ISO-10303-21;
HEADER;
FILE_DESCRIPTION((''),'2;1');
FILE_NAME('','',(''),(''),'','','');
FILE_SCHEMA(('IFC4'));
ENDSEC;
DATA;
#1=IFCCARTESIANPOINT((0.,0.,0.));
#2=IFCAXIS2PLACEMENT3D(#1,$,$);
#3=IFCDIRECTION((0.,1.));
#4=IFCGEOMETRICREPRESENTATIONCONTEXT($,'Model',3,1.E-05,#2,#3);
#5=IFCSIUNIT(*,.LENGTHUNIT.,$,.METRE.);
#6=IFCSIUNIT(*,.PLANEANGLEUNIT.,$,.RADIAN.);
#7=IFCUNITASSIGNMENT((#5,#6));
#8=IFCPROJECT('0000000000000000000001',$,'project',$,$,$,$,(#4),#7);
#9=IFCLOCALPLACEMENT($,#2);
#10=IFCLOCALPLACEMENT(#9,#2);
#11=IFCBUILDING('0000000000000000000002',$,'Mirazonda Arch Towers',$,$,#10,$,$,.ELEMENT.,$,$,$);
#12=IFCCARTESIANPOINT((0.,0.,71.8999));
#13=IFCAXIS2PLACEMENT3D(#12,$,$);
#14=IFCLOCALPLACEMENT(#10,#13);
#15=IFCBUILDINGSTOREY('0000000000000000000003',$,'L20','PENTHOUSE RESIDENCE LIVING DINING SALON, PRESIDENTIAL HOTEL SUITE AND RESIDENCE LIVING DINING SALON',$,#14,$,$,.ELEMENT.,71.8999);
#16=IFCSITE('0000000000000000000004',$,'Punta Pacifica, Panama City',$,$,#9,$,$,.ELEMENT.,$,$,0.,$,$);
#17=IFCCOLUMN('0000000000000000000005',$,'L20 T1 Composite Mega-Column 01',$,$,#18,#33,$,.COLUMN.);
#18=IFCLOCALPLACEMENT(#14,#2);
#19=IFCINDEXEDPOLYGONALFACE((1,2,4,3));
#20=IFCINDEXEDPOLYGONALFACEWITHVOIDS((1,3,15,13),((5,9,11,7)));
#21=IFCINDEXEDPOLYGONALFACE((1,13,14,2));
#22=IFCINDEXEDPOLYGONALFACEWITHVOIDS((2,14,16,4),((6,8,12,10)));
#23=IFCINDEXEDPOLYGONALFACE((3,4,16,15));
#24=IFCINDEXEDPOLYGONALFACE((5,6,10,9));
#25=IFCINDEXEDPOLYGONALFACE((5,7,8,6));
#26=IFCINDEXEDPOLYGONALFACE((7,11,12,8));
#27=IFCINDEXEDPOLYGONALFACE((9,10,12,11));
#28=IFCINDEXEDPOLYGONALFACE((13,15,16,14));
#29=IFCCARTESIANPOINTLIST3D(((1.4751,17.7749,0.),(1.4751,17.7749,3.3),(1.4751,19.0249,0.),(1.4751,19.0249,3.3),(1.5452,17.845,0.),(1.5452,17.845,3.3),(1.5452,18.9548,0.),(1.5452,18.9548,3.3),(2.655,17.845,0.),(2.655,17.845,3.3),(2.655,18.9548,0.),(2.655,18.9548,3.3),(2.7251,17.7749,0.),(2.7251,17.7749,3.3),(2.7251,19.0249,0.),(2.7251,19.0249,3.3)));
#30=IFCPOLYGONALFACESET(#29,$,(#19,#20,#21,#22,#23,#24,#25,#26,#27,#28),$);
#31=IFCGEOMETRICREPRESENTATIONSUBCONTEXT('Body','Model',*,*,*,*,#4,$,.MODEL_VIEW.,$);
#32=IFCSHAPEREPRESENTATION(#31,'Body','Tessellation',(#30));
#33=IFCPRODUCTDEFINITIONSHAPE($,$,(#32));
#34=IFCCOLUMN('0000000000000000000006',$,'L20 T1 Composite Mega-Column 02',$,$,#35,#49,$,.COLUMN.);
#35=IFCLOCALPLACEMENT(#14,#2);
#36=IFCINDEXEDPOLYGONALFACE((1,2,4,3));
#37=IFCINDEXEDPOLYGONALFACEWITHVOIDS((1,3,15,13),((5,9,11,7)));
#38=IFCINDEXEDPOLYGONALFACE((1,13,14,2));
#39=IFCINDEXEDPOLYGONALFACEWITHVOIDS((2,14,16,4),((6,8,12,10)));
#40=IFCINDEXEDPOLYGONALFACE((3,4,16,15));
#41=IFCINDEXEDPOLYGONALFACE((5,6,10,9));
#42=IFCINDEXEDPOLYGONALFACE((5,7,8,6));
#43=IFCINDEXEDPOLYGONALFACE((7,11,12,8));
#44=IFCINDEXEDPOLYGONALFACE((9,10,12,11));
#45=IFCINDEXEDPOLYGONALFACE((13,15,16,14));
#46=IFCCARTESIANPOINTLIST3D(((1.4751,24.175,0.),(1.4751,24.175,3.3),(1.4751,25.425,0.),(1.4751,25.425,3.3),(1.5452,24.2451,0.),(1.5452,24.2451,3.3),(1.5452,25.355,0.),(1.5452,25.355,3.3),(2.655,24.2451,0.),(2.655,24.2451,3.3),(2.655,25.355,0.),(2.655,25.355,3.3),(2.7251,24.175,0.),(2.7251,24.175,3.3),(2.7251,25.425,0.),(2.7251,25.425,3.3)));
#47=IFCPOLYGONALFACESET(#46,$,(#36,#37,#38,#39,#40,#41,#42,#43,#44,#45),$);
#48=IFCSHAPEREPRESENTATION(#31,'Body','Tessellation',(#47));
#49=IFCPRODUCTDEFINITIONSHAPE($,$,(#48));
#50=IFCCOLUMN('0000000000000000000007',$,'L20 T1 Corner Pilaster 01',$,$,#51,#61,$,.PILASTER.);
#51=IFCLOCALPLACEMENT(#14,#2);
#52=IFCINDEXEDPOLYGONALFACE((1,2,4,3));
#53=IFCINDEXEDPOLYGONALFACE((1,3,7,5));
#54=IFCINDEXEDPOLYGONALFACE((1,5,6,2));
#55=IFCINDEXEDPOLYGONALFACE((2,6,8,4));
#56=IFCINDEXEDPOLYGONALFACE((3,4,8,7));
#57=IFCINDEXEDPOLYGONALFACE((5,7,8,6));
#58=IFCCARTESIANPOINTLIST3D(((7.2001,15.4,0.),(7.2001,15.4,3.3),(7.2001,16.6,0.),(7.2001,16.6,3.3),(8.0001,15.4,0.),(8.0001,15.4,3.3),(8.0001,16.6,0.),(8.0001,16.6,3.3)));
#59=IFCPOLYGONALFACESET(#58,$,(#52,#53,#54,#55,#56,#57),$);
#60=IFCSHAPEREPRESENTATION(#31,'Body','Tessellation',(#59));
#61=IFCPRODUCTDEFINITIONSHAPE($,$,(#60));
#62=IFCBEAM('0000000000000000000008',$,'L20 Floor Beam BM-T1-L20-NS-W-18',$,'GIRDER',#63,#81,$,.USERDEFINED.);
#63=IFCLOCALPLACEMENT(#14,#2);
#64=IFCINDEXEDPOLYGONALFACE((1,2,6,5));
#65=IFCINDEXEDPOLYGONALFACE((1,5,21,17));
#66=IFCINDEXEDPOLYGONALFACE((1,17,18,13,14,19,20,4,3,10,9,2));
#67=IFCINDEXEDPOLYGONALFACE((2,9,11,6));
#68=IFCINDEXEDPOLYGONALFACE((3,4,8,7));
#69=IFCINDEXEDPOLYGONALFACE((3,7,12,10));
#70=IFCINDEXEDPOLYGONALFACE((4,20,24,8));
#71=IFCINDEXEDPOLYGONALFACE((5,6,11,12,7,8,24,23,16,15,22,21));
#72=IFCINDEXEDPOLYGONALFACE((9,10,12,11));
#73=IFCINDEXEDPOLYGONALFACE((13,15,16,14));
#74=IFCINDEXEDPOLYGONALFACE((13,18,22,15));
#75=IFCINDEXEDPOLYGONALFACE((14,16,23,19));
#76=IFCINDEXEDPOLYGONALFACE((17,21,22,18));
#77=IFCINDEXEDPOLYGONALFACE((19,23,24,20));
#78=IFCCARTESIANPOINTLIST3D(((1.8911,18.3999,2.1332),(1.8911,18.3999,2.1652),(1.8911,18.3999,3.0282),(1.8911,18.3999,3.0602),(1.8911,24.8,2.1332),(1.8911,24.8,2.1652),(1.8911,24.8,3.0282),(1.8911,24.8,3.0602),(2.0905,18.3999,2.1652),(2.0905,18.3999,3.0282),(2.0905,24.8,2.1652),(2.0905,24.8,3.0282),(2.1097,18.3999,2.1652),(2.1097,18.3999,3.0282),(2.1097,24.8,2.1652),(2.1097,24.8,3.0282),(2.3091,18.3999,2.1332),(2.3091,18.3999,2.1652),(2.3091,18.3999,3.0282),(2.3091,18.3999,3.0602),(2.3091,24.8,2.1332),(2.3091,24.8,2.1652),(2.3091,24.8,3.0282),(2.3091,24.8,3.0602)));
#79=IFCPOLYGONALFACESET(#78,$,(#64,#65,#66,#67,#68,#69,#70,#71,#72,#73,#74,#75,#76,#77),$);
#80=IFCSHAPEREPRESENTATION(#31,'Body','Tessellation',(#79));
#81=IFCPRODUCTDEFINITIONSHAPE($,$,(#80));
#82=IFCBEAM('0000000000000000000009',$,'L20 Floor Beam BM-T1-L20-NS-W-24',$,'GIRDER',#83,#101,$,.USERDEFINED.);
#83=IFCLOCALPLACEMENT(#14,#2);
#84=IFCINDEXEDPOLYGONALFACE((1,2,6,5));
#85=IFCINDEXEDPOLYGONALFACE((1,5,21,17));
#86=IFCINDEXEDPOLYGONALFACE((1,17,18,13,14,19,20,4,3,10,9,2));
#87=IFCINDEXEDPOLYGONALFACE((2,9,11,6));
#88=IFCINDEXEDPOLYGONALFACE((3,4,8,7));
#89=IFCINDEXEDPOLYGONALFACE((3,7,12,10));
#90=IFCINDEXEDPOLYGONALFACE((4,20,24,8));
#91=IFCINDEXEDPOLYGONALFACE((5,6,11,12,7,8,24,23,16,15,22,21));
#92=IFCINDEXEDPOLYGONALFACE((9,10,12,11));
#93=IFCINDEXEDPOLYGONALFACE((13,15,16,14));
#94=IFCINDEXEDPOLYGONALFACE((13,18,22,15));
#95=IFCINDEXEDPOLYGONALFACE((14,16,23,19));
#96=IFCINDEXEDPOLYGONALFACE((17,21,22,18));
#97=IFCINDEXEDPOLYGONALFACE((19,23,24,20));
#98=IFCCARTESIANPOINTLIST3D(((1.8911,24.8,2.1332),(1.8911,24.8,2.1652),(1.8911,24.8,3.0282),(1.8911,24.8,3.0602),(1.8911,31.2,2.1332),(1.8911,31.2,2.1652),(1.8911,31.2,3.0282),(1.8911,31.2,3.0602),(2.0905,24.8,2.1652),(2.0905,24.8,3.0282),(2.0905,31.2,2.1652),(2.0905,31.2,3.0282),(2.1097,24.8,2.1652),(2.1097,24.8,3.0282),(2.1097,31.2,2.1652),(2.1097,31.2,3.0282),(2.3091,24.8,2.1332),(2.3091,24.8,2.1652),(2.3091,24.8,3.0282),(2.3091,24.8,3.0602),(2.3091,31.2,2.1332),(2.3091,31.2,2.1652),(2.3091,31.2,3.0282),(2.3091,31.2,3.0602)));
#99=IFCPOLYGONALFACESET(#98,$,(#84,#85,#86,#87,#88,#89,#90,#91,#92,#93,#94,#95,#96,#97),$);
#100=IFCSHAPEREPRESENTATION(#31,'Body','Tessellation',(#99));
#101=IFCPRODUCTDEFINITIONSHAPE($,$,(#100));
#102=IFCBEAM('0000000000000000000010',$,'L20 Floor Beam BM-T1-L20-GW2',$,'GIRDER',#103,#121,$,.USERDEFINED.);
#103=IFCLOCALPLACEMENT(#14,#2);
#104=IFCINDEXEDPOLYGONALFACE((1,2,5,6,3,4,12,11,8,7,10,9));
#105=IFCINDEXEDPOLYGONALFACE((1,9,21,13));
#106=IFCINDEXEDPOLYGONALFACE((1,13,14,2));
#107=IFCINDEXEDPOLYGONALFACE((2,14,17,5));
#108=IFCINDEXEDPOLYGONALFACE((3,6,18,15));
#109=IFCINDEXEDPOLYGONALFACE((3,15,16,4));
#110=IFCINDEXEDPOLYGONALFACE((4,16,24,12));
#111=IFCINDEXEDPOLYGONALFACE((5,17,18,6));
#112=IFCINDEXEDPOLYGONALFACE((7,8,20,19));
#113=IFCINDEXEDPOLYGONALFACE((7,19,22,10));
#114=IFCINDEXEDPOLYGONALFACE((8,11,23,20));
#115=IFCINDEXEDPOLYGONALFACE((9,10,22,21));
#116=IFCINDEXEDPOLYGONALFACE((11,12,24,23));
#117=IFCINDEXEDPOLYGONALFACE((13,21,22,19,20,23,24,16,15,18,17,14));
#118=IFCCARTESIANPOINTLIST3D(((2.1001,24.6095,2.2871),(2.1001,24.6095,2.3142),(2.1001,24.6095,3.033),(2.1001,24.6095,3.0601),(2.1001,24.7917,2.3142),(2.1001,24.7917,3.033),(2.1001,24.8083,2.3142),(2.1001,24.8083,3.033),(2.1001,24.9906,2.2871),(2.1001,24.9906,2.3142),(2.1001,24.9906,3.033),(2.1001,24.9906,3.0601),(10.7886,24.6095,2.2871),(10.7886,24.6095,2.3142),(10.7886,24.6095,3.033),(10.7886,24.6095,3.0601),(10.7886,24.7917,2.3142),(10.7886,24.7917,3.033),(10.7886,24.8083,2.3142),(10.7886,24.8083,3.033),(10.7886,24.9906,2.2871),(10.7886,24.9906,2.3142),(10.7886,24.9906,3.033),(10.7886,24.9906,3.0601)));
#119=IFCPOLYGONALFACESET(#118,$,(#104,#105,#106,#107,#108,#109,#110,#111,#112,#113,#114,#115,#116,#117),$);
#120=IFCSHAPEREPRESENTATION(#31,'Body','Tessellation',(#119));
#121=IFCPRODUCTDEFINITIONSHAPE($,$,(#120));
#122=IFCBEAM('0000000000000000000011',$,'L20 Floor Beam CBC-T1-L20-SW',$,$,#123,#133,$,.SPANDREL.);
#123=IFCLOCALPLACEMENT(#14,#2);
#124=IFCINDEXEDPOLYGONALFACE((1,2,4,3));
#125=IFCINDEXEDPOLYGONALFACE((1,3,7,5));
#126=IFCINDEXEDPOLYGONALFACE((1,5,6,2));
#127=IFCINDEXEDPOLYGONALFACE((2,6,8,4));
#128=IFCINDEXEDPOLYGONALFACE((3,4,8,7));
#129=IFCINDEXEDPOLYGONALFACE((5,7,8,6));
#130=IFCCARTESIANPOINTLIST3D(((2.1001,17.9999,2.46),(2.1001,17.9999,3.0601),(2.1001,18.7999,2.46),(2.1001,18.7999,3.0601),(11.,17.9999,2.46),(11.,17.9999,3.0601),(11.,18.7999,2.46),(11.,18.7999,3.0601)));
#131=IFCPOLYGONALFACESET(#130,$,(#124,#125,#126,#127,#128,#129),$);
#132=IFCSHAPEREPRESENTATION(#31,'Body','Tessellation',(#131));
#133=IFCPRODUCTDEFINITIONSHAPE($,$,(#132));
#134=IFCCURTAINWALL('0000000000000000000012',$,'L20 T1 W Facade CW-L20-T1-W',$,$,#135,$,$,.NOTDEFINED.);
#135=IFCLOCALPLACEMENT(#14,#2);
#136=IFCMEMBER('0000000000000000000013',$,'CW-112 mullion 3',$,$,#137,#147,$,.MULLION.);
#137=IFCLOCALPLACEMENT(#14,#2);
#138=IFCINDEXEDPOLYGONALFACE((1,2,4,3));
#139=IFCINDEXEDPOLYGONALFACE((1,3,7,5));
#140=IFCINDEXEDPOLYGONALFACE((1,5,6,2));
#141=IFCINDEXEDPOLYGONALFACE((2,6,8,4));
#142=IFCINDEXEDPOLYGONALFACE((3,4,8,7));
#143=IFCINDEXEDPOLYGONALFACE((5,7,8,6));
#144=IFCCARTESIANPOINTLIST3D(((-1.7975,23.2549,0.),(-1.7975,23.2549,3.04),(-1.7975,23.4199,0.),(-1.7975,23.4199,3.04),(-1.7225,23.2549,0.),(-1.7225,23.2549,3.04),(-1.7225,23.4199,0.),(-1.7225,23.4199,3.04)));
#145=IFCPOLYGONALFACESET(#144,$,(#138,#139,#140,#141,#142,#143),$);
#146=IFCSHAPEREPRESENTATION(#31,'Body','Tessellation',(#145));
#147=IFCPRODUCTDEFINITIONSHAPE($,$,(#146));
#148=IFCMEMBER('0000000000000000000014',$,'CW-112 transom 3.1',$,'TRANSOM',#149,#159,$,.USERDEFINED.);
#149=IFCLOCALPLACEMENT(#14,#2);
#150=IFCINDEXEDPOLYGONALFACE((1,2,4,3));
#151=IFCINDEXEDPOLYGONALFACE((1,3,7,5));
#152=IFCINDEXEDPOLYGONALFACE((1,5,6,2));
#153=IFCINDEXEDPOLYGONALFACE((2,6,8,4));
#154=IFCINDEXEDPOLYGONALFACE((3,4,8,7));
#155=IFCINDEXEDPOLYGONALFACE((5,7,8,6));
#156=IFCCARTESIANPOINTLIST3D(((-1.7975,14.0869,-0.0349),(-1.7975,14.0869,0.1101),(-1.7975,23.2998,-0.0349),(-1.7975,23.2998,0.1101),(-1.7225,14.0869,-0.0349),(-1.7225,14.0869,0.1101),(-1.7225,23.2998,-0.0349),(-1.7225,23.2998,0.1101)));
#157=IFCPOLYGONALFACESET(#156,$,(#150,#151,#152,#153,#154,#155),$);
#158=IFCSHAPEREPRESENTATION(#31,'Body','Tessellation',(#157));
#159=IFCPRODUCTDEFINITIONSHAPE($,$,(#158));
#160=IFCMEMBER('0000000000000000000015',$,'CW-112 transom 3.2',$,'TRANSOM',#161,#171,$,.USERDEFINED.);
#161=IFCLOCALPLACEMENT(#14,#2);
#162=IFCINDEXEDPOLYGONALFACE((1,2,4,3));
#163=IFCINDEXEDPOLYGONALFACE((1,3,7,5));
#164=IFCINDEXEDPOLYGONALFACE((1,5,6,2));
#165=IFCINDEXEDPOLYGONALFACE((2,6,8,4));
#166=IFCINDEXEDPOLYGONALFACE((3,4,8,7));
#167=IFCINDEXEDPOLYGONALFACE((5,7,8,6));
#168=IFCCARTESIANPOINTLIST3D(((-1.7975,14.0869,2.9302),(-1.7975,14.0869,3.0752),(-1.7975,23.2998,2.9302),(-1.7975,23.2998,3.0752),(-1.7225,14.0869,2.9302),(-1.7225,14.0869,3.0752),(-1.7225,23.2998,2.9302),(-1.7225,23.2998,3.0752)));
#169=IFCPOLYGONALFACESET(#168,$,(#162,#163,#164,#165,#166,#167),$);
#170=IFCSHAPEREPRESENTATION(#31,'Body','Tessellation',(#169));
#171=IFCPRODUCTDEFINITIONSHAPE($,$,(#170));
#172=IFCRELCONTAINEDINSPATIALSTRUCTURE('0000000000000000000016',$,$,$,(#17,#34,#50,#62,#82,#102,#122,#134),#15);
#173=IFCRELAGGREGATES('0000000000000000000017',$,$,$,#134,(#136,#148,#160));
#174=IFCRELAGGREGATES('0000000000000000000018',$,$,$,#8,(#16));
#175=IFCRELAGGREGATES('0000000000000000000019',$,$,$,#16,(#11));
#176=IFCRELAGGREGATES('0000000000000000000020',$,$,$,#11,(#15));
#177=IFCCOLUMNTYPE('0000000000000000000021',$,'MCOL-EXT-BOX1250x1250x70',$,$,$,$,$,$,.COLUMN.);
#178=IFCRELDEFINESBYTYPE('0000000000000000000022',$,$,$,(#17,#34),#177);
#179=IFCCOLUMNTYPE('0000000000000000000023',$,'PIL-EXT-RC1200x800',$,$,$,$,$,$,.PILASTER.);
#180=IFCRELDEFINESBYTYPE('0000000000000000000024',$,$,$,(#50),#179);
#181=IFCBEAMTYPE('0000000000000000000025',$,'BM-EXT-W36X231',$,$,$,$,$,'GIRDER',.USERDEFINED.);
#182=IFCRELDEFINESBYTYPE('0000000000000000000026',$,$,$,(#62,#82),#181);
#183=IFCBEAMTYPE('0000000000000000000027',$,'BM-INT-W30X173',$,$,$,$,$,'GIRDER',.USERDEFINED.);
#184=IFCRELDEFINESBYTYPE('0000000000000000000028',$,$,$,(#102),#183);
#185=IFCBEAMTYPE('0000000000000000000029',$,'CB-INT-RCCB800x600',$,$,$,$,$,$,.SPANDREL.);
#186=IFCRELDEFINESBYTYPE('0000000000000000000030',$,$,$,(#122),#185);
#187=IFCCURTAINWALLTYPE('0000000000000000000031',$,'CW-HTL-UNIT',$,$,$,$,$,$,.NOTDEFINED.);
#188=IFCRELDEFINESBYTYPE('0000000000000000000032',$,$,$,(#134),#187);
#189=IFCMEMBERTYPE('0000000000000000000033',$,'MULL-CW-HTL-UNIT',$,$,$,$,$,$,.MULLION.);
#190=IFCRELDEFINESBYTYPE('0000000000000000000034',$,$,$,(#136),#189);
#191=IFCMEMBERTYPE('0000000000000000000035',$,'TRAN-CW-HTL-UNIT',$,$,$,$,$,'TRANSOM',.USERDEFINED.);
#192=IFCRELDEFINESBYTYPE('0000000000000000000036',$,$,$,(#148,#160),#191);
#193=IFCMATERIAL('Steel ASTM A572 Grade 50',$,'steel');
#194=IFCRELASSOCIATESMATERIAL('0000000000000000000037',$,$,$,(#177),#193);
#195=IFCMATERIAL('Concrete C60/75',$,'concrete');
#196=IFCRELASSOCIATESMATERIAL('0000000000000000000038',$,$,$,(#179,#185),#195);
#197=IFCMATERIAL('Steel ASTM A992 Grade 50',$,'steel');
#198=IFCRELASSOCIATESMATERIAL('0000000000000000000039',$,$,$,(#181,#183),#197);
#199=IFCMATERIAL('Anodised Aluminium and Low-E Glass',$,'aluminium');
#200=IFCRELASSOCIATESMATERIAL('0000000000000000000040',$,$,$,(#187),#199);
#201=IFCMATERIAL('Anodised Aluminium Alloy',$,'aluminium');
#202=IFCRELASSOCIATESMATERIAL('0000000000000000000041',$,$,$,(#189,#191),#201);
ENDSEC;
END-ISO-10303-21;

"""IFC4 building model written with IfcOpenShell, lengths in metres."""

from ifc_helpers import new_model, si_unit, direction, frame, origin, origin_2d, place, context, subcontext, project, spatial, rectangle, hollow_rectangle, i_section, extrude, material, material_profile, profile_set, type_object, element, aggregate, save


model = new_model("IFC4")

# Units and contexts
model_context = context("Model", 3, precision=1e-05, world=origin(), true_north=direction((0.0, 1.0)))
body_context = subcontext(model_context, "Body", "Model", "MODEL_VIEW")
ifc_project = project(units=[si_unit("LENGTHUNIT", "METRE"), si_unit("PLANEANGLEUNIT", "RADIAN")], contexts=[model_context])

# Site, building, storey
site_placement = place(None, origin())
site = spatial("IfcSite", under=ifc_project, at=site_placement, Name="Punta Pacifica, Panama City", CompositionType="ELEMENT", RefElevation=0.0)
building_placement = place(site_placement, origin())
building = spatial("IfcBuilding", under=site, at=building_placement, Name="Mirazonda Arch Towers", CompositionType="ELEMENT")
storey_placement = place(building_placement, frame((0.0, 0.0, 71.8999)))
storey = spatial("IfcBuildingStorey", under=building, at=storey_placement, Name="L20", Description="PENTHOUSE RESIDENCE LIVING DINING SALON, PRESIDENTIAL HOTEL SUITE AND RESIDENCE LIVING DINING SALON", CompositionType="ELEMENT", Elevation=71.8999)

# Columns
ifc_material_1 = material(Name="Steel ASTM A572 Grade 50", Category="steel")
ifc_material_profile_1 = material_profile(ifc_material_1, hollow_rectangle(XDim=1.25, YDim=1.25, WallThickness=0.0701, at=origin_2d()), Name="BOX1250x1250x70")
ifc_profile_set_1 = profile_set([ifc_material_profile_1], Name="Steel ASTM A572 Grade 50")
column_type_1 = type_object("IfcColumnType", Name="MCOL-EXT-BOX1250x1250x70", PredefinedType="COLUMN", material=ifc_profile_set_1)
for number, where, z_axis, x_axis, name in (
    (1, (2.1001, 18.3999, 0.0), (0.0, 0.0, 1.0), (1.0, 0.0, 0.0), "L20 T1 Composite Mega-Column 01"),
    (2, (2.1001, 24.8, 0.0), (0.0, 0.0, 1.0), (1.0, 0.0, 0.0), "L20 T1 Composite Mega-Column 02"),
):
    element("IfcColumn", number, at=place(storey_placement, frame(where, z_axis=z_axis, x_axis=x_axis)), inside=storey, type_object=column_type_1, Name=name, PredefinedType="COLUMN", context=body_context, shape_type="SweptSolid", body=[
        extrude(hollow_rectangle(XDim=1.25, YDim=1.25, WallThickness=0.0701, at=origin_2d()), origin(), (0.0, 0.0, 1.0), 3.3),
    ])
ifc_material_2 = material(Name="Concrete C60/75", Category="concrete")
ifc_material_profile_2 = material_profile(ifc_material_2, rectangle(XDim=0.8, YDim=1.2, at=origin_2d()), Name="RC1200x800")
ifc_profile_set_2 = profile_set([ifc_material_profile_2], Name="Concrete C60/75")
column_type_2 = type_object("IfcColumnType", Name="PIL-EXT-RC1200x800", PredefinedType="PILASTER", material=ifc_profile_set_2)
column_placement = place(storey_placement, frame((7.6001, 16.0, 0.0), z_axis=(0.0, 0.0, 1.0), x_axis=(1.0, 0.0, 0.0)))
element("IfcColumn", 3, at=column_placement, inside=storey, type_object=column_type_2, Name="L20 T1 Corner Pilaster 01", PredefinedType="PILASTER", context=body_context, shape_type="SweptSolid", body=[
    extrude(rectangle(XDim=0.8, YDim=1.2, at=origin_2d()), origin(), (0.0, 0.0, 1.0), 3.3),
])

# Beams
ifc_material_3 = material(Name="Steel ASTM A992 Grade 50", Category="steel")
ifc_material_profile_3 = material_profile(ifc_material_3, i_section(OverallWidth=0.418, OverallDepth=0.927, WebThickness=0.0193, FlangeThickness=0.032, at=origin_2d()), Name="W36X231")
ifc_profile_set_3 = profile_set([ifc_material_profile_3], Name="Steel ASTM A992 Grade 50")
beam_type_1 = type_object("IfcBeamType", Name="BM-EXT-W36X231", ElementType="GIRDER", PredefinedType="USERDEFINED", material=ifc_profile_set_3)
beam_1_placement = place(storey_placement, frame((2.1001, 18.3999, 2.5967), z_axis=(0.0, 1.0, 0.0), x_axis=(-1.0, 0.0, 0.0)))
element("IfcBeam", 4, at=beam_1_placement, inside=storey, type_object=beam_type_1, Name="L20 Floor Beam BM-T1-L20-NS-W-18", ObjectType="GIRDER", PredefinedType="USERDEFINED", context=body_context, shape_type="SweptSolid", body=[
    extrude(i_section(OverallWidth=0.418, OverallDepth=0.927, WebThickness=0.0193, FlangeThickness=0.032, at=origin_2d()), origin(), (0.0, 0.0, 1.0), 6.4001),
])
beam_2_placement = place(storey_placement, frame((2.1001, 24.8, 2.5967), z_axis=(0.0, 1.0, 0.0), x_axis=(-1.0, 0.0, 0.0)))
element("IfcBeam", 5, at=beam_2_placement, inside=storey, type_object=beam_type_1, Name="L20 Floor Beam BM-T1-L20-NS-W-24", ObjectType="GIRDER", PredefinedType="USERDEFINED", context=body_context, shape_type="SweptSolid", body=[
    extrude(i_section(OverallWidth=0.418, OverallDepth=0.927, WebThickness=0.0193, FlangeThickness=0.032, at=origin_2d()), origin(), (0.0, 0.0, 1.0), 6.3999),
])
ifc_material_profile_4 = material_profile(ifc_material_3, i_section(OverallWidth=0.3811, OverallDepth=0.7729, WebThickness=0.0166, FlangeThickness=0.0271, at=origin_2d()), Name="W30X173")
ifc_profile_set_4 = profile_set([ifc_material_profile_4], Name="Steel ASTM A992 Grade 50")
beam_type_2 = type_object("IfcBeamType", Name="BM-INT-W30X173", ElementType="GIRDER", PredefinedType="USERDEFINED", material=ifc_profile_set_4)
beam_3_placement = place(storey_placement, frame((2.1001, 24.8, 2.6736), z_axis=(1.0, 0.0, 0.0), x_axis=(0.0, 1.0, 0.0)))
element("IfcBeam", 6, at=beam_3_placement, inside=storey, type_object=beam_type_2, Name="L20 Floor Beam BM-T1-L20-GW2", ObjectType="GIRDER", PredefinedType="USERDEFINED", context=body_context, shape_type="SweptSolid", body=[
    extrude(i_section(OverallWidth=0.3811, OverallDepth=0.7729, WebThickness=0.0166, FlangeThickness=0.0271, at=origin_2d()), origin(), (0.0, 0.0, 1.0), 8.6885),
])
ifc_material_profile_5 = material_profile(ifc_material_2, rectangle(XDim=0.8, YDim=0.6001, at=origin_2d()), Name="RCCB800x600")
ifc_profile_set_5 = profile_set([ifc_material_profile_5], Name="Concrete C60/75")
beam_type_3 = type_object("IfcBeamType", Name="CB-INT-RCCB800x600", PredefinedType="SPANDREL", material=ifc_profile_set_5)
beam_4_placement = place(storey_placement, frame((2.1001, 18.3999, 2.76), z_axis=(1.0, 0.0, 0.0), x_axis=(0.0, 1.0, 0.0)))
element("IfcBeam", 7, at=beam_4_placement, inside=storey, type_object=beam_type_3, Name="L20 Floor Beam CBC-T1-L20-SW", PredefinedType="SPANDREL", context=body_context, shape_type="SweptSolid", body=[
    extrude(rectangle(XDim=0.8, YDim=0.6001, at=origin_2d()), origin(), (0.0, 0.0, 1.0), 8.8999),
])

# Curtain wall, members
ifc_material_4 = material(Name="Anodised Aluminium and Low-E Glass", Category="aluminium")
curtain_wall_type = type_object("IfcCurtainWallType", Name="CW-HTL-UNIT", PredefinedType="NOTDEFINED", material=ifc_material_4)
curtain_wall_placement = place(storey_placement, origin())
curtain_wall = element("IfcCurtainWall", 8, at=curtain_wall_placement, inside=storey, type_object=curtain_wall_type, Name="L20 T1 W Facade CW-L20-T1-W", PredefinedType="NOTDEFINED")
ifc_material_5 = material(Name="Anodised Aluminium Alloy", Category="aluminium")
ifc_material_profile_6 = material_profile(ifc_material_5, rectangle(XDim=0.075, YDim=0.165, at=origin_2d()), Name="ALU-MULL-75x165")
ifc_profile_set_6 = profile_set([ifc_material_profile_6], Name="Anodised Aluminium Alloy")
member_type_1 = type_object("IfcMemberType", Name="MULL-CW-HTL-UNIT", PredefinedType="MULLION", material=ifc_profile_set_6)
member_1_placement = place(storey_placement, frame((-1.76, 23.3374, 0.0), z_axis=(0.0, 0.0, 1.0), x_axis=(1.0, 0.0, 0.0)))
member_1 = element("IfcMember", 9, at=member_1_placement, type_object=member_type_1, Name="CW-112 mullion 3", PredefinedType="MULLION", context=body_context, shape_type="SweptSolid", body=[
    extrude(rectangle(XDim=0.075, YDim=0.165, at=origin_2d()), origin(), (0.0, 0.0, 1.0), 3.04),
])
ifc_material_profile_7 = material_profile(ifc_material_5, rectangle(XDim=0.075, YDim=0.145, at=origin_2d()), Name="ALU-TRAN-75x145")
ifc_profile_set_7 = profile_set([ifc_material_profile_7], Name="Anodised Aluminium Alloy")
member_type_2 = type_object("IfcMemberType", Name="TRAN-CW-HTL-UNIT", ElementType="TRANSOM", PredefinedType="USERDEFINED", material=ifc_profile_set_7)
member_2_placement = place(storey_placement, frame((-1.76, 23.2998, 0.0376), z_axis=(0.0, -1.0, 0.0), x_axis=(1.0, 0.0, 0.0)))
member_2 = element("IfcMember", 10, at=member_2_placement, type_object=member_type_2, Name="CW-112 transom 3.1", ObjectType="TRANSOM", PredefinedType="USERDEFINED", context=body_context, shape_type="SweptSolid", body=[
    extrude(rectangle(XDim=0.075, YDim=0.145, at=origin_2d()), origin(), (0.0, 0.0, 1.0), 9.2129),
])
member_3_placement = place(storey_placement, frame((-1.76, 23.2998, 3.0027), z_axis=(0.0, -1.0, 0.0), x_axis=(1.0, 0.0, 0.0)))
member_3 = element("IfcMember", 11, at=member_3_placement, type_object=member_type_2, Name="CW-112 transom 3.2", ObjectType="TRANSOM", PredefinedType="USERDEFINED", context=body_context, shape_type="SweptSolid", body=[
    extrude(rectangle(XDim=0.075, YDim=0.145, at=origin_2d()), origin(), (0.0, 0.0, 1.0), 9.2129),
])
aggregate(curtain_wall, [member_1, member_2, member_3])

save(model, "model.ifc")
